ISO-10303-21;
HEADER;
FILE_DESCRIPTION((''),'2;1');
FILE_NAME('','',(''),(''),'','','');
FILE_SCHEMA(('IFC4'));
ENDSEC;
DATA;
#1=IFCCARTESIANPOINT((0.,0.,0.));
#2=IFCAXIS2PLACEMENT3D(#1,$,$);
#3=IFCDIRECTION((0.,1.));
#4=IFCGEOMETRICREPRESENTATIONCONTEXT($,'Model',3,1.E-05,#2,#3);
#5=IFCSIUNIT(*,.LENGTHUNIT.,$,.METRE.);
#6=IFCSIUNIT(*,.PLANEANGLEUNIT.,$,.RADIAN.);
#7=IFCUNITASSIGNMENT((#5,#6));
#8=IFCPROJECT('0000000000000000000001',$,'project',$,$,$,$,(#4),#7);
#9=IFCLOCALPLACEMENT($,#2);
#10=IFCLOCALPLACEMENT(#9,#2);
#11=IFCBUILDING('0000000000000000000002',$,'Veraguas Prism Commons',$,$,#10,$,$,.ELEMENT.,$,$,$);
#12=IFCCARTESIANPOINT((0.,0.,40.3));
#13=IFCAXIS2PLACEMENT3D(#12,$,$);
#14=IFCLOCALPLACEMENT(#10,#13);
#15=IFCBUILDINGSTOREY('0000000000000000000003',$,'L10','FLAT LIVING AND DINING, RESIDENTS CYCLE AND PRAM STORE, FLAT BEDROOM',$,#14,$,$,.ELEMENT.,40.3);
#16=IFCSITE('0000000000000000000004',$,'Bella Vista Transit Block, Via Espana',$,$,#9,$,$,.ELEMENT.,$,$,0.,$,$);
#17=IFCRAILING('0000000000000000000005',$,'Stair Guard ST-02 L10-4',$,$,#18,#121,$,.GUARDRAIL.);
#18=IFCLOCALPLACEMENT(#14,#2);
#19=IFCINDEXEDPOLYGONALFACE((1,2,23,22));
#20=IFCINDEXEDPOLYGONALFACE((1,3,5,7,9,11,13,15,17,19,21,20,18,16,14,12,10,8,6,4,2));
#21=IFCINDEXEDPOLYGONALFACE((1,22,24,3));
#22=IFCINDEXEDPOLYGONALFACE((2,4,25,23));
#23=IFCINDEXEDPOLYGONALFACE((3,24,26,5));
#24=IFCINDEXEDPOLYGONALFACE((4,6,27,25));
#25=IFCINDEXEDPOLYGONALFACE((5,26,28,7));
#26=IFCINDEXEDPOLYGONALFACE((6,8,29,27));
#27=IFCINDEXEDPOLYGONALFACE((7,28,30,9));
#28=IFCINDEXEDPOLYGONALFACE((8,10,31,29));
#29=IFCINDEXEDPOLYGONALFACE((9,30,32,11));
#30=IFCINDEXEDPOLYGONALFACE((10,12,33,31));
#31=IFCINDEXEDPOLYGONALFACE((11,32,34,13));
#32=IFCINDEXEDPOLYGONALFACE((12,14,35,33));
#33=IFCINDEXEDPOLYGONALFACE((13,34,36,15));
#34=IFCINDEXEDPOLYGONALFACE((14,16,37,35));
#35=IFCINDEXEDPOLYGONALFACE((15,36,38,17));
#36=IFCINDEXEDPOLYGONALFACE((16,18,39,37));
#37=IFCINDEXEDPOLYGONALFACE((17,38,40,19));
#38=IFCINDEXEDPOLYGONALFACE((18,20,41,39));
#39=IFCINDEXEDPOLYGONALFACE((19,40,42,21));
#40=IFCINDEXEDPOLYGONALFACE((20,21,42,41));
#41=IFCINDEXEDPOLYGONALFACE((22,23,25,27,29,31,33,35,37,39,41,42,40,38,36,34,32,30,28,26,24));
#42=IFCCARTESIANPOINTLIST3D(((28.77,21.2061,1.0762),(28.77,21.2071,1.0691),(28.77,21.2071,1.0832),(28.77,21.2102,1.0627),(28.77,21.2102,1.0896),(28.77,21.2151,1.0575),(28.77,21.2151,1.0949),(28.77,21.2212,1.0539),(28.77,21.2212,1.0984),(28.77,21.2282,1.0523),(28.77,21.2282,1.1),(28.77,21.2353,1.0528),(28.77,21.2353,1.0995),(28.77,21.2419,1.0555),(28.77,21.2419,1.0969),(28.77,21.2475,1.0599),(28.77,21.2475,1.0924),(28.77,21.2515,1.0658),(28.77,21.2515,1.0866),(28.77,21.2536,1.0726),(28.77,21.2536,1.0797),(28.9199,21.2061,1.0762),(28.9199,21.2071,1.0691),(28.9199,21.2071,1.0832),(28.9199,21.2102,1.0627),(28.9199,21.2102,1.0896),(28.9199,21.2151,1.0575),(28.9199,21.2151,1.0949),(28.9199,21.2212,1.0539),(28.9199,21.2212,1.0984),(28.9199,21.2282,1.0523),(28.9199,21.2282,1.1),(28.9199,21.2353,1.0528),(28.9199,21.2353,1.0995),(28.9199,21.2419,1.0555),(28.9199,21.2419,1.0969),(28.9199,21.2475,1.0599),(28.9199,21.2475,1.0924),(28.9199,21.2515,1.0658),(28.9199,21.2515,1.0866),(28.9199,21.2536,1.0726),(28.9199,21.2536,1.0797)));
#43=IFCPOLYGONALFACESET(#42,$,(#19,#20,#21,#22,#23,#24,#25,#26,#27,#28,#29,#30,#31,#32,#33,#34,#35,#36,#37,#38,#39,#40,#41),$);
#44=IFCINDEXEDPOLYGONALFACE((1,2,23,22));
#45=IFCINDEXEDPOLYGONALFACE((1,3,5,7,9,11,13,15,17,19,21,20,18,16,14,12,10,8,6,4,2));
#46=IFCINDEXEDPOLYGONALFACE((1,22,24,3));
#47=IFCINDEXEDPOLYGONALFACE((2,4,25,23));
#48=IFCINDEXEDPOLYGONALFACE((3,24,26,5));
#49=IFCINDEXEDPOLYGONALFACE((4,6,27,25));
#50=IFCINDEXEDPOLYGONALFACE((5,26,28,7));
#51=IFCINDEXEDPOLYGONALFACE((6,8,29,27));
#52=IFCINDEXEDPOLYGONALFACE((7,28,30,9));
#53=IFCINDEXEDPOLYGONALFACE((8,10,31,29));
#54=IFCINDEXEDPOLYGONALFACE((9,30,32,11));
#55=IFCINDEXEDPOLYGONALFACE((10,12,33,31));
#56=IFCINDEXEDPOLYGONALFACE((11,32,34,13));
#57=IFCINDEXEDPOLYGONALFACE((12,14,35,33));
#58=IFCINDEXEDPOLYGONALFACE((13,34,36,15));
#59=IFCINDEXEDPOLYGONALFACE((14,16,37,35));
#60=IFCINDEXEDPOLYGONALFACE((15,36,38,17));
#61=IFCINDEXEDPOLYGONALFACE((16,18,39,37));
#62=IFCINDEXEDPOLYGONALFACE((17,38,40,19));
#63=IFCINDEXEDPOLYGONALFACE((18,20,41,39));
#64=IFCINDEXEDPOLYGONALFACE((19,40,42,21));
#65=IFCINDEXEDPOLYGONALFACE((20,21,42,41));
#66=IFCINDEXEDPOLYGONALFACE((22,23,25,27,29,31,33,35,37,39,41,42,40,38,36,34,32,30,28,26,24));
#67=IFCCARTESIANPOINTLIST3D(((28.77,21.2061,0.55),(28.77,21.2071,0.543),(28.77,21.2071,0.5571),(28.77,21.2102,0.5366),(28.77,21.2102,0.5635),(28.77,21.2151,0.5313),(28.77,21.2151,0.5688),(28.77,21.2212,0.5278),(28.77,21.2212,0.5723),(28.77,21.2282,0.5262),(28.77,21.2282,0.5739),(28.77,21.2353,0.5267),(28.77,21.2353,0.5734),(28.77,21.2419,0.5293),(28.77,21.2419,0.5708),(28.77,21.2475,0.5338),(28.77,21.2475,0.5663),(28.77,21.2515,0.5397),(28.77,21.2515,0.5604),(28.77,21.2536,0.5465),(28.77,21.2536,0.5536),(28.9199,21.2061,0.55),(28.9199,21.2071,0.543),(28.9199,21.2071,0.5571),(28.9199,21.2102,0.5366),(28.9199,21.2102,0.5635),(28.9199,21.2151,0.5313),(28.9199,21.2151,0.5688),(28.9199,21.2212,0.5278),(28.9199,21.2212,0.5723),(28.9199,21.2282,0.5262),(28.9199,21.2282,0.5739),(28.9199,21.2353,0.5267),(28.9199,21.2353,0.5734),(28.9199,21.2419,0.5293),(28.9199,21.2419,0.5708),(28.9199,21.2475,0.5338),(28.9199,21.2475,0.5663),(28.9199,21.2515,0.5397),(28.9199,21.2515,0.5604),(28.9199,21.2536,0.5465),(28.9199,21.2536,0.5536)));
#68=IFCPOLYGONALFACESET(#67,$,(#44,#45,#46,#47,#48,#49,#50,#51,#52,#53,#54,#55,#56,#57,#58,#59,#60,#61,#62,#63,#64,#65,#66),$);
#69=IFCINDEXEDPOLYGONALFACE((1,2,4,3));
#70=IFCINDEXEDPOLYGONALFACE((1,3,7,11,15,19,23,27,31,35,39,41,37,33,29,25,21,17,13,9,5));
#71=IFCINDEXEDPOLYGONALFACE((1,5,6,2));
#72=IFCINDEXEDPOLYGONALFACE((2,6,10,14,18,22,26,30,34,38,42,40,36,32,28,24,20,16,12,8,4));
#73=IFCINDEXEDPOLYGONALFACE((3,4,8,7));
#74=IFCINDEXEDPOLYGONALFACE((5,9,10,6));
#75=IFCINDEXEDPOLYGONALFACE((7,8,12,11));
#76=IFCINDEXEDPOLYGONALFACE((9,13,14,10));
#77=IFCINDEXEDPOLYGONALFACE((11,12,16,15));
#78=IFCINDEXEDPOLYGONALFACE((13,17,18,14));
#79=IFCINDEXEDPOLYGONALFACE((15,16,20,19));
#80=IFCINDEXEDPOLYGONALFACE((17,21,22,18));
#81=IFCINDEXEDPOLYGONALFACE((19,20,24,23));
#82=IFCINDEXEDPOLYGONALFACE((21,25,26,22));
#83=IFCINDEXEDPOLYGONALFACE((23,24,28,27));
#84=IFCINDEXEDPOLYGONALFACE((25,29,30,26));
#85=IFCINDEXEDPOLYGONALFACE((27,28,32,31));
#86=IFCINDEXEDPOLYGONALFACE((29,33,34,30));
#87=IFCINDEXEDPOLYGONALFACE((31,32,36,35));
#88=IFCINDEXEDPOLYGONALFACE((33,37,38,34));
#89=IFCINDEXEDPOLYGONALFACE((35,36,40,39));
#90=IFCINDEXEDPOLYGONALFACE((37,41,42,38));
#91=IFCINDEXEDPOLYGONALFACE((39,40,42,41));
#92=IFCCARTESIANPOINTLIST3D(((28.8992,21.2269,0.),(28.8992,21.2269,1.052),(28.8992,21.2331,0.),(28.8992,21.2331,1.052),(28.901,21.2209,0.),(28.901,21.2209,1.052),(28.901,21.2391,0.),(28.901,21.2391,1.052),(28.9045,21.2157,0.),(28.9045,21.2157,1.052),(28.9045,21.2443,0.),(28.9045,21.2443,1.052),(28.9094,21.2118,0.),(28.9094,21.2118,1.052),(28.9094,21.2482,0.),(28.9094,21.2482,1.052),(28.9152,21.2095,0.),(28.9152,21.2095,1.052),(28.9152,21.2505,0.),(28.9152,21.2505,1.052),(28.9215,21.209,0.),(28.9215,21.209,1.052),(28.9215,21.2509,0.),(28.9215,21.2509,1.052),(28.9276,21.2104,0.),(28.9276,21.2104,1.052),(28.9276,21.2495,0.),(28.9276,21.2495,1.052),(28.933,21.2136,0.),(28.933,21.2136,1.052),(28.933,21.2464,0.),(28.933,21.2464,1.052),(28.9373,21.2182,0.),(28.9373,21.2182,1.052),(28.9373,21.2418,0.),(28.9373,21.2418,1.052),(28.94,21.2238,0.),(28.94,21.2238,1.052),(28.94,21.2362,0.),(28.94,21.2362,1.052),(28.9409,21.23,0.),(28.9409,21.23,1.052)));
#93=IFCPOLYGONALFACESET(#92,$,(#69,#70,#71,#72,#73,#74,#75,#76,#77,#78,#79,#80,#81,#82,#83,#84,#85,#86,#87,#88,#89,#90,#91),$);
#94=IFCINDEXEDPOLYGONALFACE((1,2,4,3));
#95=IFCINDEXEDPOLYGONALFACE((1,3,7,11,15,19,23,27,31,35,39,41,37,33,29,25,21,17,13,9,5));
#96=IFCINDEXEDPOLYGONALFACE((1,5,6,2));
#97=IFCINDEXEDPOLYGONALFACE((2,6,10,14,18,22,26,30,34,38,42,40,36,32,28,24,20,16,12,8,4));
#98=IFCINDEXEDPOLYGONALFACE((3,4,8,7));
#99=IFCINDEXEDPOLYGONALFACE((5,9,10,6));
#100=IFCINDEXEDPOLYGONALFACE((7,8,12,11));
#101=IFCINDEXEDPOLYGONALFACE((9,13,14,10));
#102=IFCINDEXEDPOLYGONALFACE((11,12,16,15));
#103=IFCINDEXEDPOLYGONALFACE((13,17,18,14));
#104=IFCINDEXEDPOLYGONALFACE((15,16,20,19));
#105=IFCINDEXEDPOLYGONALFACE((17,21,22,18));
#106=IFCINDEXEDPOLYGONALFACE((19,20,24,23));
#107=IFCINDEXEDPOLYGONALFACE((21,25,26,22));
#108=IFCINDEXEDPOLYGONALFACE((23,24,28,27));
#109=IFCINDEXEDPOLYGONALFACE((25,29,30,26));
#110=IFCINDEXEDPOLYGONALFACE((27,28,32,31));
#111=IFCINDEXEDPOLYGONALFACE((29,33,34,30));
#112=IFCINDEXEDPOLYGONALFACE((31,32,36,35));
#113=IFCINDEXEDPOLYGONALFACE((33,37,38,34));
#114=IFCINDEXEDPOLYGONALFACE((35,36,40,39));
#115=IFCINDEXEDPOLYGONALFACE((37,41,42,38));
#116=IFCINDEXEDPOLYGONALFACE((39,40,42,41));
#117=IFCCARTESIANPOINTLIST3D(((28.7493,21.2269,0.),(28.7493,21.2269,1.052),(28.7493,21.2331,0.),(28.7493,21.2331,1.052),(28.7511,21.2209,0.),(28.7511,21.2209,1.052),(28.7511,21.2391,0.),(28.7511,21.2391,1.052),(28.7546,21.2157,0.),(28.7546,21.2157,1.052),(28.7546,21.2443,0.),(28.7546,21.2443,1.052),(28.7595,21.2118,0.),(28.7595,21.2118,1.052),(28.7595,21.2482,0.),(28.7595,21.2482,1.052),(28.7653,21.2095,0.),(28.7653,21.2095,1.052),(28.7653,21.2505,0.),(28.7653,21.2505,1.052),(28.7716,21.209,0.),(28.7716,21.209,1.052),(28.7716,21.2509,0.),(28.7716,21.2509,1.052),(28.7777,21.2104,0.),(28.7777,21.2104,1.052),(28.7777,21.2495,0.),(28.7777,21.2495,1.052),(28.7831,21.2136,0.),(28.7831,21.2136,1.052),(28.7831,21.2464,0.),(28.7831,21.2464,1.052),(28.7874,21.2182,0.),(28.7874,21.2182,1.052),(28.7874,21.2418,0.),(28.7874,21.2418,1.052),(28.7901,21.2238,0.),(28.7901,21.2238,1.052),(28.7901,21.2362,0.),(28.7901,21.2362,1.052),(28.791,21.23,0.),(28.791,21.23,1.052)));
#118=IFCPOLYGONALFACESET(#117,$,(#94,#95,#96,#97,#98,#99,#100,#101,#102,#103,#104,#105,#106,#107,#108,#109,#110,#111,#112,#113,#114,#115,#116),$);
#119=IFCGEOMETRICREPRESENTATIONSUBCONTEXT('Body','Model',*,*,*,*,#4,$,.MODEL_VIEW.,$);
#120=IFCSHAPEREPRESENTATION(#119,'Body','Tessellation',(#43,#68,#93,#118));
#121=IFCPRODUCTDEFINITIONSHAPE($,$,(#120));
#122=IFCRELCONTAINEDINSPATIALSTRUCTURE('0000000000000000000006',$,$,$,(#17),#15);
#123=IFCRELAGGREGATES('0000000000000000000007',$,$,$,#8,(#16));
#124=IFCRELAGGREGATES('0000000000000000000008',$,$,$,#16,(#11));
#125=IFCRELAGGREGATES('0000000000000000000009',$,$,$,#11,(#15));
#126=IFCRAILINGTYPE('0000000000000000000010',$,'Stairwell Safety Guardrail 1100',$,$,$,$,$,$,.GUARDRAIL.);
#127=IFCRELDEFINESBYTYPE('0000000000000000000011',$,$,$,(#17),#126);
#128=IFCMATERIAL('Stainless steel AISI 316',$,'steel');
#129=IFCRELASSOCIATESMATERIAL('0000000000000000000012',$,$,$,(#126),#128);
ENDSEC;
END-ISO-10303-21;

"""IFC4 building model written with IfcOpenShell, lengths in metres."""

from ifc_helpers import new_model, si_unit, direction, frame, origin, origin_2d, place, context, subcontext, project, spatial, circle, extrude, material, type_object, element, save


model = new_model("IFC4")

# Units and contexts
model_context = context("Model", 3, precision=1e-05, world=origin(), true_north=direction((0.0, 1.0)))
body_context = subcontext(model_context, "Body", "Model", "MODEL_VIEW")
ifc_project = project(units=[si_unit("LENGTHUNIT", "METRE"), si_unit("PLANEANGLEUNIT", "RADIAN")], contexts=[model_context])

# Site, building, storey
site_placement = place(None, origin())
site = spatial("IfcSite", under=ifc_project, at=site_placement, Name="Bella Vista Transit Block, Via Espana", CompositionType="ELEMENT", RefElevation=0.0)
building_placement = place(site_placement, origin())
building = spatial("IfcBuilding", under=site, at=building_placement, Name="Veraguas Prism Commons", CompositionType="ELEMENT")
storey_placement = place(building_placement, frame((0.0, 0.0, 40.3)))
storey = spatial("IfcBuildingStorey", under=building, at=storey_placement, Name="L10", Description="FLAT LIVING AND DINING, RESIDENTS CYCLE AND PRAM STORE, FLAT BEDROOM", CompositionType="ELEMENT", Elevation=40.3)

# Shared definitions
ifc_material_1 = material(Name="Stainless steel AISI 316", Category="steel")

# Railing
railing_type_1 = type_object("IfcRailingType", Name="Stairwell Safety Guardrail 1100", PredefinedType="GUARDRAIL", material=ifc_material_1)
railing_1_placement = place(storey_placement, frame((28.9199, 21.23, 0.0)))
element("IfcRailing", 1, at=railing_1_placement, inside=storey, type_object=railing_type_1, Name="Stair Guard ST-02 L10-4", PredefinedType="GUARDRAIL", context=body_context, shape_type="SweptSolid", body=[
    extrude(circle(Radius=0.0239, at=origin_2d()), frame((0.0, 0.0, 1.0762), z_axis=(-1.0, 0.0, 0.0), x_axis=(0.0, -1.0, 0.0)), (0.0, 0.0, 1.0), 0.1499),
    extrude(circle(Radius=0.0239, at=origin_2d()), frame((0.0, 0.0, 0.55), z_axis=(-1.0, 0.0, 0.0), x_axis=(0.0, -1.0, 0.0)), (0.0, 0.0, 1.0), 0.1499),
    extrude(circle(Radius=0.021, at=origin_2d()), origin(), (0.0, 0.0, 1.0), 1.052),
    extrude(circle(Radius=0.021, at=origin_2d()), frame((-0.1499, 0.0, 0.0)), (0.0, 0.0, 1.0), 1.052),
])

save(model, "model.ifc")
